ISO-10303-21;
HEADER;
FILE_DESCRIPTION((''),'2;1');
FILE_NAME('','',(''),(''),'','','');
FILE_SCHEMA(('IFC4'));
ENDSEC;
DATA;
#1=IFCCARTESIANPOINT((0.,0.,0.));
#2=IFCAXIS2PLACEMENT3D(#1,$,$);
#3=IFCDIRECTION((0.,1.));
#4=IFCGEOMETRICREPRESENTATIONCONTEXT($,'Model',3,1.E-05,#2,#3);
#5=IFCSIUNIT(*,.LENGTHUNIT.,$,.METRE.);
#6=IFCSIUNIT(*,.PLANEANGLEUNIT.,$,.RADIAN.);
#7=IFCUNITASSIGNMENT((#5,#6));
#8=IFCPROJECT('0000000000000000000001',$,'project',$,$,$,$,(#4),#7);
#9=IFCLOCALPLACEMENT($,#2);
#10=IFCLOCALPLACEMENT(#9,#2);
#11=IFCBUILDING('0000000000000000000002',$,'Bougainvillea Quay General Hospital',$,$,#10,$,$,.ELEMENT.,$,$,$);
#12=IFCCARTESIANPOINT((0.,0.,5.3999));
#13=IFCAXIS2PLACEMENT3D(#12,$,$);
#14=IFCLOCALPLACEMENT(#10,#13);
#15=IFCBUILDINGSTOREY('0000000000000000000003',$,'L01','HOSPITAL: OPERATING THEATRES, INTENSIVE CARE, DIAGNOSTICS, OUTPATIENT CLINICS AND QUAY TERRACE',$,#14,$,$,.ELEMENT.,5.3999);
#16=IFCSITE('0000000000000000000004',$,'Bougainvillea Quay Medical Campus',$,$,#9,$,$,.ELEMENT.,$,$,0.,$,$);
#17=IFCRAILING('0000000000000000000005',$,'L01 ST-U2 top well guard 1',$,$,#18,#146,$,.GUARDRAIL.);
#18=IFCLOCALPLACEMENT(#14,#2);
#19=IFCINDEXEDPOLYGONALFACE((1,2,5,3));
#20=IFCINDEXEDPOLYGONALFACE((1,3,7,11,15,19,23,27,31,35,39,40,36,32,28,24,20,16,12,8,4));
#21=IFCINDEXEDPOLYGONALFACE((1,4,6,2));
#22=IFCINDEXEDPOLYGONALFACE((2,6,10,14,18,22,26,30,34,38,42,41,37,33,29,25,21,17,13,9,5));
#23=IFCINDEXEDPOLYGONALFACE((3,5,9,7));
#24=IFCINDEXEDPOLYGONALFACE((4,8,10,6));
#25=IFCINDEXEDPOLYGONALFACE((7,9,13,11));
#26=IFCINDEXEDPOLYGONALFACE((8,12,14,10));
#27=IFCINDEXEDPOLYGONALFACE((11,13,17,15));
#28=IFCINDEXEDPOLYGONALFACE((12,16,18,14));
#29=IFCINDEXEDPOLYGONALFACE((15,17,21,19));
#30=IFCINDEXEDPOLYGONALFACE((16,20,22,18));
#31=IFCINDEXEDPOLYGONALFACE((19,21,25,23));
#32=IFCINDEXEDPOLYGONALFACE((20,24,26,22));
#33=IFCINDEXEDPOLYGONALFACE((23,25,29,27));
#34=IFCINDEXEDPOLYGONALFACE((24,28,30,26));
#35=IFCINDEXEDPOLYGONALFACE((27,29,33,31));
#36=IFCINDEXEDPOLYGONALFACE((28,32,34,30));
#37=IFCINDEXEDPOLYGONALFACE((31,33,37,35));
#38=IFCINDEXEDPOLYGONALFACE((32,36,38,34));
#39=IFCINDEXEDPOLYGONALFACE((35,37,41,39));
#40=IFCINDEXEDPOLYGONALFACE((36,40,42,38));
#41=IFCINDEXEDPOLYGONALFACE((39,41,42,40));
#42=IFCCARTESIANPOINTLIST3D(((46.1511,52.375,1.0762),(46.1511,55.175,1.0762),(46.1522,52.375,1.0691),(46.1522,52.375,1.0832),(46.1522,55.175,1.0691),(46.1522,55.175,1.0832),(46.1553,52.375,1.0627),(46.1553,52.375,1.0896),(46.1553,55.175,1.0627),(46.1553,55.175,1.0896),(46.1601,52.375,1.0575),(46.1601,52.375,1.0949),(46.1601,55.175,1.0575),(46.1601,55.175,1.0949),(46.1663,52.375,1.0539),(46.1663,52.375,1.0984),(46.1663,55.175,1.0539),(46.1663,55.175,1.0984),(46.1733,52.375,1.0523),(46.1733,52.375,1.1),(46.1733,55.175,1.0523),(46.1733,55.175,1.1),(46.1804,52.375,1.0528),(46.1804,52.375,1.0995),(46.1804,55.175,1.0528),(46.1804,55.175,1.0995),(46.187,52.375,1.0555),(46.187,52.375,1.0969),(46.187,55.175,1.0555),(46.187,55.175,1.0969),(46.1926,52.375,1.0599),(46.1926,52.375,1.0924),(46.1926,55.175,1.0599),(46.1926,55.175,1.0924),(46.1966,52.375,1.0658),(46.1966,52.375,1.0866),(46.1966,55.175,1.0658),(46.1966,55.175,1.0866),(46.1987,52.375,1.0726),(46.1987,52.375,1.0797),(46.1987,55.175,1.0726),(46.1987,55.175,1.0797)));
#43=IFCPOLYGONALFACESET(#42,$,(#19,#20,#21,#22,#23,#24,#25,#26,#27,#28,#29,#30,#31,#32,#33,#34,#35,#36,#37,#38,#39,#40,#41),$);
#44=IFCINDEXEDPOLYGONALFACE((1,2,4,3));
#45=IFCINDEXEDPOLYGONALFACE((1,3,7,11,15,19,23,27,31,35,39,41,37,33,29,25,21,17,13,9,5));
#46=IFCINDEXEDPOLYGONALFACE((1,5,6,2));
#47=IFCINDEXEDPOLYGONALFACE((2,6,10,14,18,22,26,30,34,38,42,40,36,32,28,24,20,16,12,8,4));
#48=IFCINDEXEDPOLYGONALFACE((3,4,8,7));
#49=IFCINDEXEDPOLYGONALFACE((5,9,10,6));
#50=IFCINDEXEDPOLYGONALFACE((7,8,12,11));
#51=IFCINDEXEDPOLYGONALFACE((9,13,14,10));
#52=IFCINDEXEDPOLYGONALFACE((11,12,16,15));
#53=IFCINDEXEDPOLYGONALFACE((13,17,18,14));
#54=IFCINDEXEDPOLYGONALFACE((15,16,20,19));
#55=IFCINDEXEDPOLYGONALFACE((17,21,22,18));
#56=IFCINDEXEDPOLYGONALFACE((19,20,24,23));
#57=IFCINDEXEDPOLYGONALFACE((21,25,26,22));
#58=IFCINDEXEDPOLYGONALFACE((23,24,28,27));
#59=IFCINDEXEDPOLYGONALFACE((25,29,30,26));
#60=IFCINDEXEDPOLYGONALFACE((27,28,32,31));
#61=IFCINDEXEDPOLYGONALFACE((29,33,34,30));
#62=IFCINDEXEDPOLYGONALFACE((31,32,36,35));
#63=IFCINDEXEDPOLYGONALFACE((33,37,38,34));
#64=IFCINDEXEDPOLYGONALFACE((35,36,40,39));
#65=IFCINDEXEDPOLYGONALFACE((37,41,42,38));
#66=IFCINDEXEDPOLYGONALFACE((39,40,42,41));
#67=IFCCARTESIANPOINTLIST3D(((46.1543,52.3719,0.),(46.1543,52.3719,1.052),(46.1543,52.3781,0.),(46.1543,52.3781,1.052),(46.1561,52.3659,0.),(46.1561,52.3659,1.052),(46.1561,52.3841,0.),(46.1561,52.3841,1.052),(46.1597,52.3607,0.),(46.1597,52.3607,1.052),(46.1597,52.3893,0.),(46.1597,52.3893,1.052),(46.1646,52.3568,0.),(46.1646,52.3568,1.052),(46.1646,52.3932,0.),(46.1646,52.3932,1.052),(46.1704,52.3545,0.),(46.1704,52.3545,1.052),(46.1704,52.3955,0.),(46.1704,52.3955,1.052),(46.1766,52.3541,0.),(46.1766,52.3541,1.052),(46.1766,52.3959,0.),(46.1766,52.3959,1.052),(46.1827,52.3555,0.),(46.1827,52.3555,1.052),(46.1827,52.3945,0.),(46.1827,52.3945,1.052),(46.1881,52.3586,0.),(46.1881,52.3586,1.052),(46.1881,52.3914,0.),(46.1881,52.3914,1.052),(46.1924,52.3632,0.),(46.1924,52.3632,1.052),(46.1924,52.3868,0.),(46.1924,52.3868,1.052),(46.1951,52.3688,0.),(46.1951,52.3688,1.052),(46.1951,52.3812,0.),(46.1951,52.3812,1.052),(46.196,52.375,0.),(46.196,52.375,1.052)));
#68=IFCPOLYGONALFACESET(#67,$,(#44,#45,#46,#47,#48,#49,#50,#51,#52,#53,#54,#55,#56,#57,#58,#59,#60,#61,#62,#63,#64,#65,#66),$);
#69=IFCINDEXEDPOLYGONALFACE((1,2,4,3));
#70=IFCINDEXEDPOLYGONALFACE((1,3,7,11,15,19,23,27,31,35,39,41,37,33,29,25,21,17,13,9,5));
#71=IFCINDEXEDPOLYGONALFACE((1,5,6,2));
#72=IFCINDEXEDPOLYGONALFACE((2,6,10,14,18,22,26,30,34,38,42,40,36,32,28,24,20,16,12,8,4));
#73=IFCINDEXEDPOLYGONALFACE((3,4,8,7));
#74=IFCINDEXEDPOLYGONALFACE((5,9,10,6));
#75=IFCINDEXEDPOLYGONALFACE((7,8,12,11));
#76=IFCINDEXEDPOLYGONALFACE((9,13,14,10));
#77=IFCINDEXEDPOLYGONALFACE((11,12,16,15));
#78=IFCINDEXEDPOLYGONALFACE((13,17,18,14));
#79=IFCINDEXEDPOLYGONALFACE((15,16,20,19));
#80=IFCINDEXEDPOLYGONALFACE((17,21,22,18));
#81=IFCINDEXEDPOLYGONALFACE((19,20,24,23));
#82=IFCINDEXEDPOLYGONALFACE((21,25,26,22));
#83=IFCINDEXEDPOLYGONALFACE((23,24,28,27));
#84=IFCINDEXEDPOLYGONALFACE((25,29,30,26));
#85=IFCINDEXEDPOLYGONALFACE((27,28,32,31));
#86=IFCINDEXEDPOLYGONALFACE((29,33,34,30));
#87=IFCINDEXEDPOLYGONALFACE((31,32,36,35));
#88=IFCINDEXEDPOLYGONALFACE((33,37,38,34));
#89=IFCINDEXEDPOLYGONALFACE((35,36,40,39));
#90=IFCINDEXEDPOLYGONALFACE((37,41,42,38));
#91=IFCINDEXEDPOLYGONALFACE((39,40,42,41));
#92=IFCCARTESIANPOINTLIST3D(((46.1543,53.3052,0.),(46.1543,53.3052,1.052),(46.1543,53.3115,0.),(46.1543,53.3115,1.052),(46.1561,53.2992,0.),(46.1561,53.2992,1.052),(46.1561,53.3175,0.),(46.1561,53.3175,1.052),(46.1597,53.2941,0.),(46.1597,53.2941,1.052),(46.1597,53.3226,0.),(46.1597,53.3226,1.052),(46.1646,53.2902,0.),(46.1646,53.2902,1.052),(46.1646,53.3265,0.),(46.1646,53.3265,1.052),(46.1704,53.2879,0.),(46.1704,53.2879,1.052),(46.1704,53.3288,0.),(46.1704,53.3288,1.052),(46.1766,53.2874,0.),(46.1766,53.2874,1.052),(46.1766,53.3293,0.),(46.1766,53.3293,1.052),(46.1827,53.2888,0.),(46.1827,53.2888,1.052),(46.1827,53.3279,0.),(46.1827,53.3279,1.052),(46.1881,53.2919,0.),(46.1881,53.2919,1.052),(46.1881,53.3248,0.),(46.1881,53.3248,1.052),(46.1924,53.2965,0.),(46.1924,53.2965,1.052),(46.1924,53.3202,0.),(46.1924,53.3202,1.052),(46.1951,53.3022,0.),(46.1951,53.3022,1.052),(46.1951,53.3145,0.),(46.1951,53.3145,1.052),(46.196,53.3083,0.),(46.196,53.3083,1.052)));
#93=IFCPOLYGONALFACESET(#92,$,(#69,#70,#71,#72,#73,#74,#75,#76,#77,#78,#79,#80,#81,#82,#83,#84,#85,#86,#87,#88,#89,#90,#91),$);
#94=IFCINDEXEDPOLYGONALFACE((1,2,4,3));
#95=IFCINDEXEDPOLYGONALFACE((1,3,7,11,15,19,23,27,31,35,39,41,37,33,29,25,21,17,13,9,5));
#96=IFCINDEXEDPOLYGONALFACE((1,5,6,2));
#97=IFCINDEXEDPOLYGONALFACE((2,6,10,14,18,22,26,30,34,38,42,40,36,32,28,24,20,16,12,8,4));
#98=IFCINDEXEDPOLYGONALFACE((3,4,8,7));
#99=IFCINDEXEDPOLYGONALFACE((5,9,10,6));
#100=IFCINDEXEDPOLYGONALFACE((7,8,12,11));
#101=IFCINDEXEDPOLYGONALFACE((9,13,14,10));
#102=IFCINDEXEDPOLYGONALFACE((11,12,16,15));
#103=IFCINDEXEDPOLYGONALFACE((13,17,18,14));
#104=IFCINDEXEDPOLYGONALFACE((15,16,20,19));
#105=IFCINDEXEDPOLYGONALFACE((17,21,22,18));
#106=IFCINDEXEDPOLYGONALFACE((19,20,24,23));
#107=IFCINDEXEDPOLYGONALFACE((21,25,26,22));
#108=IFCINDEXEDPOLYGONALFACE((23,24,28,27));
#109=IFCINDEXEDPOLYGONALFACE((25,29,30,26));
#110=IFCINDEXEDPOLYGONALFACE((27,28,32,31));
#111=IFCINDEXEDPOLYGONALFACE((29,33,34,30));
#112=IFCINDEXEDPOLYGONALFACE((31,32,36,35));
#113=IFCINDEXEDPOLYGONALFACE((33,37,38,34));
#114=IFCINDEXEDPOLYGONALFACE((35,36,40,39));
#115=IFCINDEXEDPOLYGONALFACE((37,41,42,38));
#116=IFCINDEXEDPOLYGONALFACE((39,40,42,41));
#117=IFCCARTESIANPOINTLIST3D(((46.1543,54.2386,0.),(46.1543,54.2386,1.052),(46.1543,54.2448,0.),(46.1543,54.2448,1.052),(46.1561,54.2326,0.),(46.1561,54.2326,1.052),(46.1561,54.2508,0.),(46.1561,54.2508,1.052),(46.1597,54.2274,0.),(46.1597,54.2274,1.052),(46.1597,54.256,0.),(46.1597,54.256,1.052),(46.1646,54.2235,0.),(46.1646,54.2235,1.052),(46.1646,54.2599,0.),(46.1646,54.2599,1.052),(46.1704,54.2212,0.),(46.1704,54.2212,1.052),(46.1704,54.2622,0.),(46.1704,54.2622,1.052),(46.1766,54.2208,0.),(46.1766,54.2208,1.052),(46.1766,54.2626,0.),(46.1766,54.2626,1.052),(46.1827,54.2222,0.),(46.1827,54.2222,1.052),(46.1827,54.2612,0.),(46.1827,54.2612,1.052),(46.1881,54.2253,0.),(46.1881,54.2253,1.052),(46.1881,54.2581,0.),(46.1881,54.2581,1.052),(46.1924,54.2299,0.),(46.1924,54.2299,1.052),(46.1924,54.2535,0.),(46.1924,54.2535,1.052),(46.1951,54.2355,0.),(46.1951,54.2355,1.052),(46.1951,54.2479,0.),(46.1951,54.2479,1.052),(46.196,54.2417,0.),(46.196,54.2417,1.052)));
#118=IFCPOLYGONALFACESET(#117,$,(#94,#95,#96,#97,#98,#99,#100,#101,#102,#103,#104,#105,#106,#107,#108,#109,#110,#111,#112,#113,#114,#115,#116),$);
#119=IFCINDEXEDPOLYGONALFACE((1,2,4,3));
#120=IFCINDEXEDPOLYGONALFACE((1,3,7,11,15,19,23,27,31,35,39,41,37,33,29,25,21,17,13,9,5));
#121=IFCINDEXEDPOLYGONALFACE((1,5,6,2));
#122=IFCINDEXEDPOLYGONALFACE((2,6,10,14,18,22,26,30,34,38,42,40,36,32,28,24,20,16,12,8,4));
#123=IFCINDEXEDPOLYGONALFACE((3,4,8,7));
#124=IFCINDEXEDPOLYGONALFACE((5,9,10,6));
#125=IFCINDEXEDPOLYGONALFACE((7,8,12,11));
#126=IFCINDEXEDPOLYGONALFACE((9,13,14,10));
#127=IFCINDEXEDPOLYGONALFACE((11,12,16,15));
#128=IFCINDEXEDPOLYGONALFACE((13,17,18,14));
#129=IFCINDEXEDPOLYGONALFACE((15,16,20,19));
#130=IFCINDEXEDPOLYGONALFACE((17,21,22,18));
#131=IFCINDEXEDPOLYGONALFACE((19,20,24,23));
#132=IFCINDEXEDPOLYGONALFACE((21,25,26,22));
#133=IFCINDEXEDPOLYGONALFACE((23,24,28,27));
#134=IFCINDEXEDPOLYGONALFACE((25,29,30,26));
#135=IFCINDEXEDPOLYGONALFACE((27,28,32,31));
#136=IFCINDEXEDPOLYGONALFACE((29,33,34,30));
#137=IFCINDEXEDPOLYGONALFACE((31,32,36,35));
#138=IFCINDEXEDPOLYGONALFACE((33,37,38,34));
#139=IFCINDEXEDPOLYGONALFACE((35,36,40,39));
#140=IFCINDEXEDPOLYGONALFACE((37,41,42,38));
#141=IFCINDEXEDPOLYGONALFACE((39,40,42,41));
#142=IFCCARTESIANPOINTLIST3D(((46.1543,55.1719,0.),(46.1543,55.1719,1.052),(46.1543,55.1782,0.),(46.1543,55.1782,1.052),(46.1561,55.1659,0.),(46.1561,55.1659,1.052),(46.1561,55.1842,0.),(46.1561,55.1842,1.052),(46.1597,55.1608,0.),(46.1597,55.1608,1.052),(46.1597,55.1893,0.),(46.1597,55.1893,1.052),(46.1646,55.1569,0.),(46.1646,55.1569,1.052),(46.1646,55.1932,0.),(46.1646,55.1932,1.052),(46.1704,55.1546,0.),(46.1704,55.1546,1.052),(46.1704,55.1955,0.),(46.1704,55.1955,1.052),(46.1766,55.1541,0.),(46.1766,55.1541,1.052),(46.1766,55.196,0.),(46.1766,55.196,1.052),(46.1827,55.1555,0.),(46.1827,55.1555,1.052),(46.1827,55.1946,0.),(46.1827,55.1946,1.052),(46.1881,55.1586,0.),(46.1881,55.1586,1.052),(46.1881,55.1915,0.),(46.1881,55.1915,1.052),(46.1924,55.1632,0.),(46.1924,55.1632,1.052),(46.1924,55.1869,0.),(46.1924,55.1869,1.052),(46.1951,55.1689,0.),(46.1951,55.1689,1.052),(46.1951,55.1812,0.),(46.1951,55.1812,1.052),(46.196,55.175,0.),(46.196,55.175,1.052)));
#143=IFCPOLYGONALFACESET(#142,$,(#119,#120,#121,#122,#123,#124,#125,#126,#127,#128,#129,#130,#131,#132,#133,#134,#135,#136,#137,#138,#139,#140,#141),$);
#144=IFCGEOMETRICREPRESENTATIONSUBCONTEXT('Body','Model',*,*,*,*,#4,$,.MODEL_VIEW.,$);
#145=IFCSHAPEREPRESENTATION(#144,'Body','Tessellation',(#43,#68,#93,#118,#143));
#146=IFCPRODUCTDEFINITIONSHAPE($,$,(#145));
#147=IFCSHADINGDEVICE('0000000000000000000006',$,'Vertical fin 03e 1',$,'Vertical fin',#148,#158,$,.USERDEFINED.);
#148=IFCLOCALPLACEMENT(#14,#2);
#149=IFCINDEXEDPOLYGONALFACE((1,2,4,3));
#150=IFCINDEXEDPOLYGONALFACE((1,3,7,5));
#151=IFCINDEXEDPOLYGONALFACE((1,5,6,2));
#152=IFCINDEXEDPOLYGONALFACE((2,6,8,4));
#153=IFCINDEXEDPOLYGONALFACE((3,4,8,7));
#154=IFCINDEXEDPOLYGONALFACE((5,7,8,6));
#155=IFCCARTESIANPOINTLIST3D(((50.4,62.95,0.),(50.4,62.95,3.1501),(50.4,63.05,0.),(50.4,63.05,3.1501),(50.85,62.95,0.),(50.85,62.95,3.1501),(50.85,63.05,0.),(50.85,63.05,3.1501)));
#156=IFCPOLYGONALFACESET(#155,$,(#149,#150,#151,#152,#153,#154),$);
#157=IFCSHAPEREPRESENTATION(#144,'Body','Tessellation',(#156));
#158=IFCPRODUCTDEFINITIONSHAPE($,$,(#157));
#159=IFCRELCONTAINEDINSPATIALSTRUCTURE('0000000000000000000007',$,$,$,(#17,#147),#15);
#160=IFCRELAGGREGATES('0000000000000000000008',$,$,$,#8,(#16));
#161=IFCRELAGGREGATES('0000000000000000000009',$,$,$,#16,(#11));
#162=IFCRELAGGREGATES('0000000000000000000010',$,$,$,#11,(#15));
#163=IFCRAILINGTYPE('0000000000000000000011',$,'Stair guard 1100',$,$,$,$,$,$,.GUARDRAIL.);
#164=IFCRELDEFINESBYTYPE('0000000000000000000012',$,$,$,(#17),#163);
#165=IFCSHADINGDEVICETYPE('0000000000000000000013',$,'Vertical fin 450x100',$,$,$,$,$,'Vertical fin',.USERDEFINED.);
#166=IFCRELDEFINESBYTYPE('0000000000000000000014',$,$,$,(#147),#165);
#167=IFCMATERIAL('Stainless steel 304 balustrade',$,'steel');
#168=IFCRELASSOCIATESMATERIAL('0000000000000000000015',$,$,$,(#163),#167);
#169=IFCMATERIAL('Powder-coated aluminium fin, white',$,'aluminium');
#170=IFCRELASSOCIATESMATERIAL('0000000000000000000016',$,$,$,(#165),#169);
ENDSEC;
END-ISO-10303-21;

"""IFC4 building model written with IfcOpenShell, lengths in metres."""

from ifc_helpers import new_model, si_unit, direction, frame, origin, origin_2d, place, context, subcontext, project, spatial, rectangle, circle, extrude, material, material_profile, profile_set, type_object, element, save


model = new_model("IFC4")

# Units and contexts
model_context = context("Model", 3, precision=1e-05, world=origin(), true_north=direction((0.0, 1.0)))
body_context = subcontext(model_context, "Body", "Model", "MODEL_VIEW")
ifc_project = project(units=[si_unit("LENGTHUNIT", "METRE"), si_unit("PLANEANGLEUNIT", "RADIAN")], contexts=[model_context])

# Site, building, storey
site_placement = place(None, origin())
site = spatial("IfcSite", under=ifc_project, at=site_placement, Name="Bougainvillea Quay Medical Campus", CompositionType="ELEMENT", RefElevation=0.0)
building_placement = place(site_placement, origin())
building = spatial("IfcBuilding", under=site, at=building_placement, Name="Bougainvillea Quay General Hospital", CompositionType="ELEMENT")
storey_placement = place(building_placement, frame((0.0, 0.0, 5.3999)))
storey = spatial("IfcBuildingStorey", under=building, at=storey_placement, Name="L01", Description="HOSPITAL: OPERATING THEATRES, INTENSIVE CARE, DIAGNOSTICS, OUTPATIENT CLINICS AND QUAY TERRACE", CompositionType="ELEMENT", Elevation=5.3999)

# Railing
ifc_material_1 = material(Name="Stainless steel 304 balustrade", Category="steel")
railing_type = type_object("IfcRailingType", Name="Stair guard 1100", PredefinedType="GUARDRAIL", material=ifc_material_1)
railing_placement = place(storey_placement, frame((46.175, 52.375, 0.0)))
element("IfcRailing", 1, at=railing_placement, inside=storey, type_object=railing_type, Name="L01 ST-U2 top well guard 1", PredefinedType="GUARDRAIL", context=body_context, shape_type="SweptSolid", body=[
    extrude(circle(Radius=0.0239, at=origin_2d()), frame((0.0, 0.0, 1.0762), z_axis=(0.0, 1.0, 0.0), x_axis=(-1.0, 0.0, 0.0)), (0.0, 0.0, 1.0), 2.8),
    extrude(circle(Radius=0.021, at=origin_2d()), origin(), (0.0, 0.0, 1.0), 1.052),
    extrude(circle(Radius=0.021, at=origin_2d()), frame((0.0, 0.9333, 0.0)), (0.0, 0.0, 1.0), 1.052),
    extrude(circle(Radius=0.021, at=origin_2d()), frame((0.0, 1.8667, 0.0)), (0.0, 0.0, 1.0), 1.052),
    extrude(circle(Radius=0.021, at=origin_2d()), frame((0.0, 2.8, 0.0)), (0.0, 0.0, 1.0), 1.052),
])

# Shading device
ifc_material_2 = material(Name="Powder-coated aluminium fin, white", Category="aluminium")
ifc_material_profile_1 = material_profile(ifc_material_2, rectangle(XDim=0.45, YDim=0.1001, at=origin_2d()))
ifc_profile_set_1 = profile_set([ifc_material_profile_1], Name="Powder-coated aluminium fin, white")
shading_device_type = type_object("IfcShadingDeviceType", Name="Vertical fin 450x100", ElementType="Vertical fin", PredefinedType="USERDEFINED", material=ifc_profile_set_1)
shading_device_placement = place(storey_placement, frame((50.625, 63.0, 0.0), z_axis=(0.0, 0.0, 1.0), x_axis=(1.0, 0.0, 0.0)))
element("IfcShadingDevice", 2, at=shading_device_placement, inside=storey, type_object=shading_device_type, Name="Vertical fin 03e 1", ObjectType="Vertical fin", PredefinedType="USERDEFINED", context=body_context, shape_type="SweptSolid", body=[
    extrude(rectangle(XDim=0.45, YDim=0.1001, at=origin_2d()), origin(), (0.0, 0.0, 1.0), 3.1501),
])

save(model, "model.ifc")
